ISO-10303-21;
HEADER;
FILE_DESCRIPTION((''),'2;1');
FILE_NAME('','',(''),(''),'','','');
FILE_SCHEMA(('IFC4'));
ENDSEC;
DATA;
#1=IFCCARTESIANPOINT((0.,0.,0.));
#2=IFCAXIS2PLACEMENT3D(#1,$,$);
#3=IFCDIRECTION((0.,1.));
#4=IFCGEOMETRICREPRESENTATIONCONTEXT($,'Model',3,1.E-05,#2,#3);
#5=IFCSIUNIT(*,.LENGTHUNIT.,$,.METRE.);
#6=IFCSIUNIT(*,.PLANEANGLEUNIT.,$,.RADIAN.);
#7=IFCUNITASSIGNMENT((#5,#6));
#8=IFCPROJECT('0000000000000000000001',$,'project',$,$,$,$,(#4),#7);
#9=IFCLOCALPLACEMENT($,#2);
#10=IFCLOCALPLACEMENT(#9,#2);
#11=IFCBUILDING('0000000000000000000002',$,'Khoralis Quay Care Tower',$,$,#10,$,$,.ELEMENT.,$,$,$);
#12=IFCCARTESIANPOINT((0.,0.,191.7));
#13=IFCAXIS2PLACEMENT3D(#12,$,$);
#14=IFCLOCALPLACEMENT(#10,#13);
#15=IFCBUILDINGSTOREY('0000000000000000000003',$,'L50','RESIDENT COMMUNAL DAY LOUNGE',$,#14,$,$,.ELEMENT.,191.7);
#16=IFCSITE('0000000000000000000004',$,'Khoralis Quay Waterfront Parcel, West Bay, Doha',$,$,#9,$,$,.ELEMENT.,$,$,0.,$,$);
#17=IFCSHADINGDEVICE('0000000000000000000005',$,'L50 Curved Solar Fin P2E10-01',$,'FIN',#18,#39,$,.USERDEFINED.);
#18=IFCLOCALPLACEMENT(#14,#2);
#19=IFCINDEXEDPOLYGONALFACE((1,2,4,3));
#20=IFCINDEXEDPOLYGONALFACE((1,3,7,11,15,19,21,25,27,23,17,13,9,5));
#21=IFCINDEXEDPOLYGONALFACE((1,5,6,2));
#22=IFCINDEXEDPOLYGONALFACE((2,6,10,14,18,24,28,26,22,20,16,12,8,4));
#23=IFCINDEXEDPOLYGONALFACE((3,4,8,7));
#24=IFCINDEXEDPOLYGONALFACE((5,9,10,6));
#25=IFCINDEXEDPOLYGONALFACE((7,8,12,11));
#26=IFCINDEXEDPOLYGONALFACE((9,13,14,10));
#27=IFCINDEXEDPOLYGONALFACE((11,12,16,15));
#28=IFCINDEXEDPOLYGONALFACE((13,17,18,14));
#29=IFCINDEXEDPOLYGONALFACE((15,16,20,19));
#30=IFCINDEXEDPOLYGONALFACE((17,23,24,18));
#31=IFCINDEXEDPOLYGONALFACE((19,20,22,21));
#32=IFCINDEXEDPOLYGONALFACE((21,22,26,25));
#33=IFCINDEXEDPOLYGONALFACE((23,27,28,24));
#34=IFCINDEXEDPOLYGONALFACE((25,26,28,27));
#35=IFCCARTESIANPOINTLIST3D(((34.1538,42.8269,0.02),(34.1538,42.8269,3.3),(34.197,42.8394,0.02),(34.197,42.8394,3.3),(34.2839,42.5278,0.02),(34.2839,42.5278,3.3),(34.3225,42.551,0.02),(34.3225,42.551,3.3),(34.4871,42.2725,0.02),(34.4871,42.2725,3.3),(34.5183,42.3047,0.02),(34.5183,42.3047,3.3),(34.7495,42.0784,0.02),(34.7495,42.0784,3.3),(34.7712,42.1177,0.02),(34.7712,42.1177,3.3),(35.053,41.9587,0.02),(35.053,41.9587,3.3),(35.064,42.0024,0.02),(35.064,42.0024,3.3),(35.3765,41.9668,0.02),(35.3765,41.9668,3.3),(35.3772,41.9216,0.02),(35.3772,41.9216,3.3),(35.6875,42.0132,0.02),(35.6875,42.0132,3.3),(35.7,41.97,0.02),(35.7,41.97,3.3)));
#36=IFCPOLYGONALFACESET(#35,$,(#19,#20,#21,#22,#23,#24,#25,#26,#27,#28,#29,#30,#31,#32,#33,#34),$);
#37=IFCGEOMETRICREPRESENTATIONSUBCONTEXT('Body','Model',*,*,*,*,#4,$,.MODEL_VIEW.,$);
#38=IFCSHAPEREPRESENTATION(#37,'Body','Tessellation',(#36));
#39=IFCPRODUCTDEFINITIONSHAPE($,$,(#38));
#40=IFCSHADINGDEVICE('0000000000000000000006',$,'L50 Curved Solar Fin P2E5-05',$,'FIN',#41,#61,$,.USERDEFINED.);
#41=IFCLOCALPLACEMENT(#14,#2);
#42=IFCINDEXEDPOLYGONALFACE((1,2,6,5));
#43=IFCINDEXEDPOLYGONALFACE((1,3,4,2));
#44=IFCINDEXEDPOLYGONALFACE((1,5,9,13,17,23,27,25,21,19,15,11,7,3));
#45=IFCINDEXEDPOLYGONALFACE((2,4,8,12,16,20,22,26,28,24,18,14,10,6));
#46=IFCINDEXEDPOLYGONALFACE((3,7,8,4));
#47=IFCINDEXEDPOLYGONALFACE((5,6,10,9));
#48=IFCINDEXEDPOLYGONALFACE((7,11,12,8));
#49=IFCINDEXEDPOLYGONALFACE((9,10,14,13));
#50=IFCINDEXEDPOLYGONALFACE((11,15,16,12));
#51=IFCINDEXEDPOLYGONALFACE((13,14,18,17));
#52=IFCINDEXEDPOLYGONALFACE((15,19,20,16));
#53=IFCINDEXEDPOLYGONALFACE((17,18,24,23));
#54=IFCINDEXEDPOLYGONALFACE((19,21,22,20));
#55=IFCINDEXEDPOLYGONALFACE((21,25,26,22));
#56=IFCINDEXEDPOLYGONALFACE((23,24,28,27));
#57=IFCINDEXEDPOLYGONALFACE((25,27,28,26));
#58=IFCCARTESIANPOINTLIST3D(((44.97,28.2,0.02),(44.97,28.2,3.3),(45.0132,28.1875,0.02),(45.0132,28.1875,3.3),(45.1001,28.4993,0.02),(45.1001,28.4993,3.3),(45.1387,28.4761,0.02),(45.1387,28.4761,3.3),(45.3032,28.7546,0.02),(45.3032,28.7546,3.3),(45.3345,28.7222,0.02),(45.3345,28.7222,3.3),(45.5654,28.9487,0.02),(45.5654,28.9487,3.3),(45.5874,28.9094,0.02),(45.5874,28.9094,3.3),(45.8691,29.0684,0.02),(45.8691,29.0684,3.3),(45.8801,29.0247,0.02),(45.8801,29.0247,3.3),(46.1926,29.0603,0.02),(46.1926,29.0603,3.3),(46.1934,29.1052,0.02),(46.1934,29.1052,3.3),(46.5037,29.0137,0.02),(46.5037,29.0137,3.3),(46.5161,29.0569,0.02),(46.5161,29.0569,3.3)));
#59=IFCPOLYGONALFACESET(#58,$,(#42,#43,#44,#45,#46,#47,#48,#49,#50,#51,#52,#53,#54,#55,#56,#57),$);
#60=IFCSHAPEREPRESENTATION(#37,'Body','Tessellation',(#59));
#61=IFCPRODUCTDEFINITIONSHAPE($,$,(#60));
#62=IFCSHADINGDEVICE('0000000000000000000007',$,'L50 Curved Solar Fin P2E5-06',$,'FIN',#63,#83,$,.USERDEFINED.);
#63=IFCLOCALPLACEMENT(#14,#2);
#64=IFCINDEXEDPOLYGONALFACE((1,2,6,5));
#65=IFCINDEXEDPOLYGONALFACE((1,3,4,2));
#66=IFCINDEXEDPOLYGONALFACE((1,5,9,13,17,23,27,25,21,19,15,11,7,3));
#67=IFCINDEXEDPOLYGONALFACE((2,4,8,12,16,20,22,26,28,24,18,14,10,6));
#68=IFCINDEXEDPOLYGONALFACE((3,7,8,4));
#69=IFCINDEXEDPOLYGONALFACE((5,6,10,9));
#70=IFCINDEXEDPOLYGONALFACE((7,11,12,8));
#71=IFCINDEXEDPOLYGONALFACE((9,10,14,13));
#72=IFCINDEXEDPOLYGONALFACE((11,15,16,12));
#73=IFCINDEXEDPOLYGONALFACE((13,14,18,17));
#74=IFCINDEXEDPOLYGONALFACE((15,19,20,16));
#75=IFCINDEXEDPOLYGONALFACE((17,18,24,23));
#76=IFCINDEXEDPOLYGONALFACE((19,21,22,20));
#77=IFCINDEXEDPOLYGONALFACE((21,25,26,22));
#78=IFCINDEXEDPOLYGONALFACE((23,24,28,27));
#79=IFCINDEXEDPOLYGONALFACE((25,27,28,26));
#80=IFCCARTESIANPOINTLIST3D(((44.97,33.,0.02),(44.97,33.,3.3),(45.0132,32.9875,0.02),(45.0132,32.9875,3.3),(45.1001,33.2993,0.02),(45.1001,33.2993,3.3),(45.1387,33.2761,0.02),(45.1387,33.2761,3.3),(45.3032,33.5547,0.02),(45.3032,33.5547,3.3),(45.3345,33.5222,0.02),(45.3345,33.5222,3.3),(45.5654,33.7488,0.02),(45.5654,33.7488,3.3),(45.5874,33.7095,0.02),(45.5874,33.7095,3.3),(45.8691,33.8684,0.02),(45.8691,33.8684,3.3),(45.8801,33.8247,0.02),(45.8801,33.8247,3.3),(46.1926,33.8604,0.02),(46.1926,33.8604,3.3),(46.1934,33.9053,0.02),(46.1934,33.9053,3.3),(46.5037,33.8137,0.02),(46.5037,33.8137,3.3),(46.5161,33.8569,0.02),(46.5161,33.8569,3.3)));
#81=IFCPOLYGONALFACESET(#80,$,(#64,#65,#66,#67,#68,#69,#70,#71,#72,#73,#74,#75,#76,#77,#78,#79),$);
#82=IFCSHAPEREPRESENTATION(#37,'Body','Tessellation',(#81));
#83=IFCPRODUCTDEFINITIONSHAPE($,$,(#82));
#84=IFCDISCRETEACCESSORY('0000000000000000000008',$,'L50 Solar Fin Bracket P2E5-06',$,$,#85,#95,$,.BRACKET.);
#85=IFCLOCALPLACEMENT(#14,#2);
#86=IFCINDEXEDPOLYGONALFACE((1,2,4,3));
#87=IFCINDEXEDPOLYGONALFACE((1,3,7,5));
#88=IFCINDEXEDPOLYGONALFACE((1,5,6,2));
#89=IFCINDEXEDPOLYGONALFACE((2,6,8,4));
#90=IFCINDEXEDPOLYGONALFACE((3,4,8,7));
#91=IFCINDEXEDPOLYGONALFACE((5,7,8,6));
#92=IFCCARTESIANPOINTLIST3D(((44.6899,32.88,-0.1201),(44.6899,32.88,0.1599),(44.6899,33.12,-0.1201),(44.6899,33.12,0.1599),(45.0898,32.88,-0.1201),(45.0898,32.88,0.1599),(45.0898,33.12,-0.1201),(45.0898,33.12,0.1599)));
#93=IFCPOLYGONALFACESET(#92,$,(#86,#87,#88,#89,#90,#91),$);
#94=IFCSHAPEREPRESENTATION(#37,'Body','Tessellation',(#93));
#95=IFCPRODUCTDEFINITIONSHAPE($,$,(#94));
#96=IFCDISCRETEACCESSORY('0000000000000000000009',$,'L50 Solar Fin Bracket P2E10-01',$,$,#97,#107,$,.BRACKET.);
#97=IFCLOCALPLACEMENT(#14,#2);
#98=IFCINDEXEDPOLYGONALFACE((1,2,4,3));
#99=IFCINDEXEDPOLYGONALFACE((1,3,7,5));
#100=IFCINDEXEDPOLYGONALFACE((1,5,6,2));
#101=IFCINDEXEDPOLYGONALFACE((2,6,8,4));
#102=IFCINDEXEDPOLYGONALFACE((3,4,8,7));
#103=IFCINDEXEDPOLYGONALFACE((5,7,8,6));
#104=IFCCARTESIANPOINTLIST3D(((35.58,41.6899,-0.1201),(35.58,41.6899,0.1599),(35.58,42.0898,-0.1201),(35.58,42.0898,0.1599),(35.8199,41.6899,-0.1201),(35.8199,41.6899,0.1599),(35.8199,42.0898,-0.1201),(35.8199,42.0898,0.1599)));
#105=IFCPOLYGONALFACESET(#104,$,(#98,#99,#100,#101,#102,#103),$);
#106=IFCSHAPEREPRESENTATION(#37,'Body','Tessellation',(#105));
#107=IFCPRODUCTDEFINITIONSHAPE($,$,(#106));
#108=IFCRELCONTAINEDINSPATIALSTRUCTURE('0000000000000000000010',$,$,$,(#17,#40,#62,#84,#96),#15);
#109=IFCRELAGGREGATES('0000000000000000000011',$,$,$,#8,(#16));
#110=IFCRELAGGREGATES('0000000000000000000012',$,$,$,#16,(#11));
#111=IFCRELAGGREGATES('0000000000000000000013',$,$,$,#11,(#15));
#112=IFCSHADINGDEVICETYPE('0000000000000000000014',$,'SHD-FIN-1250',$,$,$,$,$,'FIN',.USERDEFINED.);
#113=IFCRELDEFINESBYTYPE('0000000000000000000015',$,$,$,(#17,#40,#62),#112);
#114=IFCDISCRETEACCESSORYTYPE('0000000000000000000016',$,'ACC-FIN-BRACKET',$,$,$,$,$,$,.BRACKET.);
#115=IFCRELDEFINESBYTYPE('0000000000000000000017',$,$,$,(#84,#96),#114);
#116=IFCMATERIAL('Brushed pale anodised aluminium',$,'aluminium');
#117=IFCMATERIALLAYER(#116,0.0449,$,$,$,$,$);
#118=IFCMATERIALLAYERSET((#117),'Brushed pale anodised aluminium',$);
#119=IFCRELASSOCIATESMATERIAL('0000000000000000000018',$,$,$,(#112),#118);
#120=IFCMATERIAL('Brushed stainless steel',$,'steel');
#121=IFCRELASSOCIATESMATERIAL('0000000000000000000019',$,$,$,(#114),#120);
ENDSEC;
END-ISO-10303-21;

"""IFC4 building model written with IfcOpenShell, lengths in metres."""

from ifc_helpers import new_model, si_unit, direction, frame, origin, origin_2d, place, context, subcontext, project, spatial, polyline, rectangle, outline, extrude, source, transform, mapped, material, layer, layer_set, type_object, element, save


model = new_model("IFC4")

# Units and contexts
model_context = context("Model", 3, precision=1e-05, world=origin(), true_north=direction((0.0, 1.0)))
body_context = subcontext(model_context, "Body", "Model", "MODEL_VIEW")
ifc_project = project(units=[si_unit("LENGTHUNIT", "METRE"), si_unit("PLANEANGLEUNIT", "RADIAN")], contexts=[model_context])

# Site, building, storey
site_placement = place(None, origin())
site = spatial("IfcSite", under=ifc_project, at=site_placement, Name="Khoralis Quay Waterfront Parcel, West Bay, Doha", CompositionType="ELEMENT", RefElevation=0.0)
building_placement = place(site_placement, origin())
building = spatial("IfcBuilding", under=site, at=building_placement, Name="Khoralis Quay Care Tower", CompositionType="ELEMENT")
storey_placement = place(building_placement, frame((0.0, 0.0, 191.7)))
storey = spatial("IfcBuildingStorey", under=building, at=storey_placement, Name="L50", Description="RESIDENT COMMUNAL DAY LOUNGE", CompositionType="ELEMENT", Elevation=191.7)

# Shading devices
ifc_material_1 = material(Name="Brushed pale anodised aluminium", Category="aluminium")
ifc_layer_1 = layer(ifc_material_1, 0.0449)
ifc_layer_set_1 = layer_set([ifc_layer_1], Name="Brushed pale anodised aluminium")
shading_device_type = type_object("IfcShadingDeviceType", Name="SHD-FIN-1250", ElementType="FIN", PredefinedType="USERDEFINED", material=ifc_layer_set_1)
shared_shape_1 = source(origin(), body_context, "Body", "SweptSolid", [
    extrude(outline(polyline([(0.0, 0.0), (-0.0483, 0.3228), (-0.0112, 0.647), (0.1084, 0.9504), (0.3025, 1.2129), (0.5579, 1.416), (0.8569, 1.5461), (0.8694, 1.5029), (0.5811, 1.3774), (0.3347, 1.1816), (0.1477, 0.9287), (0.0325, 0.636), (-0.0032, 0.3235), (0.0432, 0.0125), (0.0, 0.0)])), origin(), (0.0, 0.0, 1.0), 3.28),
])
shading_device_placement = place(storey_placement, frame((35.7, 41.97, 0.02), z_axis=(0.0, 0.0, 1.0), x_axis=(0.0, 1.0, 0.0)))
element("IfcShadingDevice", 1, at=shading_device_placement, inside=storey, type_object=shading_device_type, Name="L50 Curved Solar Fin P2E10-01", ObjectType="FIN", PredefinedType="USERDEFINED", context=body_context, shape_type="MappedRepresentation", body=[
    mapped(shared_shape_1, transform((0.0, 0.0, 0.0), scale=1.0)),
])
shared_shape_2 = source(origin(), body_context, "Body", "SweptSolid", [
    extrude(outline(polyline([(0.0, 0.0), (0.1301, 0.2993), (0.3333, 0.5547), (0.5955, 0.7488), (0.8992, 0.8684), (1.2234, 0.9053), (1.5461, 0.8569), (1.5337, 0.8137), (1.2227, 0.8604), (0.9102, 0.8247), (0.6174, 0.7095), (0.3645, 0.5222), (0.1687, 0.2761), (0.0432, -0.0125), (0.0, 0.0)])), origin(), (0.0, 0.0, 1.0), 3.28),
])
for number, where, z_axis, x_axis, name in (
    (2, (44.97, 28.2, 0.02), (0.0, 0.0, 1.0), (1.0, 0.0, 0.0), "L50 Curved Solar Fin P2E5-05"),
    (3, (44.97, 33.0, 0.02), (0.0, 0.0, 1.0), (1.0, 0.0, 0.0), "L50 Curved Solar Fin P2E5-06"),
):
    element("IfcShadingDevice", number, at=place(storey_placement, frame(where, z_axis=z_axis, x_axis=x_axis)), inside=storey, type_object=shading_device_type, Name=name, ObjectType="FIN", PredefinedType="USERDEFINED", context=body_context, shape_type="MappedRepresentation", body=[
        mapped(shared_shape_2, transform((0.0, 0.0, 0.0), scale=1.0)),
    ])

# Discrete accessories
ifc_material_2 = material(Name="Brushed stainless steel", Category="steel")
discrete_accessory_type = type_object("IfcDiscreteAccessoryType", Name="ACC-FIN-BRACKET", PredefinedType="BRACKET", material=ifc_material_2)
shared_shape_3 = source(origin(), body_context, "Body", "SweptSolid", [
    extrude(rectangle(XDim=0.3999, YDim=0.24, at=origin_2d()), origin(), (0.0, 0.0, 1.0), 0.28),
])
for number, where, z_axis, x_axis, name in (
    (4, (44.8899, 33.0, -0.1201), (0.0, 0.0, 1.0), (1.0, 0.0, 0.0), "L50 Solar Fin Bracket P2E5-06"),
    (5, (35.7, 41.8899, -0.1201), (0.0, 0.0, 1.0), (0.0, 1.0, 0.0), "L50 Solar Fin Bracket P2E10-01"),
):
    element("IfcDiscreteAccessory", number, at=place(storey_placement, frame(where, z_axis=z_axis, x_axis=x_axis)), inside=storey, type_object=discrete_accessory_type, Name=name, PredefinedType="BRACKET", context=body_context, shape_type="MappedRepresentation", body=[
        mapped(shared_shape_3, transform((0.0, 0.0, 0.0), scale=1.0)),
    ])

save(model, "model.ifc")
